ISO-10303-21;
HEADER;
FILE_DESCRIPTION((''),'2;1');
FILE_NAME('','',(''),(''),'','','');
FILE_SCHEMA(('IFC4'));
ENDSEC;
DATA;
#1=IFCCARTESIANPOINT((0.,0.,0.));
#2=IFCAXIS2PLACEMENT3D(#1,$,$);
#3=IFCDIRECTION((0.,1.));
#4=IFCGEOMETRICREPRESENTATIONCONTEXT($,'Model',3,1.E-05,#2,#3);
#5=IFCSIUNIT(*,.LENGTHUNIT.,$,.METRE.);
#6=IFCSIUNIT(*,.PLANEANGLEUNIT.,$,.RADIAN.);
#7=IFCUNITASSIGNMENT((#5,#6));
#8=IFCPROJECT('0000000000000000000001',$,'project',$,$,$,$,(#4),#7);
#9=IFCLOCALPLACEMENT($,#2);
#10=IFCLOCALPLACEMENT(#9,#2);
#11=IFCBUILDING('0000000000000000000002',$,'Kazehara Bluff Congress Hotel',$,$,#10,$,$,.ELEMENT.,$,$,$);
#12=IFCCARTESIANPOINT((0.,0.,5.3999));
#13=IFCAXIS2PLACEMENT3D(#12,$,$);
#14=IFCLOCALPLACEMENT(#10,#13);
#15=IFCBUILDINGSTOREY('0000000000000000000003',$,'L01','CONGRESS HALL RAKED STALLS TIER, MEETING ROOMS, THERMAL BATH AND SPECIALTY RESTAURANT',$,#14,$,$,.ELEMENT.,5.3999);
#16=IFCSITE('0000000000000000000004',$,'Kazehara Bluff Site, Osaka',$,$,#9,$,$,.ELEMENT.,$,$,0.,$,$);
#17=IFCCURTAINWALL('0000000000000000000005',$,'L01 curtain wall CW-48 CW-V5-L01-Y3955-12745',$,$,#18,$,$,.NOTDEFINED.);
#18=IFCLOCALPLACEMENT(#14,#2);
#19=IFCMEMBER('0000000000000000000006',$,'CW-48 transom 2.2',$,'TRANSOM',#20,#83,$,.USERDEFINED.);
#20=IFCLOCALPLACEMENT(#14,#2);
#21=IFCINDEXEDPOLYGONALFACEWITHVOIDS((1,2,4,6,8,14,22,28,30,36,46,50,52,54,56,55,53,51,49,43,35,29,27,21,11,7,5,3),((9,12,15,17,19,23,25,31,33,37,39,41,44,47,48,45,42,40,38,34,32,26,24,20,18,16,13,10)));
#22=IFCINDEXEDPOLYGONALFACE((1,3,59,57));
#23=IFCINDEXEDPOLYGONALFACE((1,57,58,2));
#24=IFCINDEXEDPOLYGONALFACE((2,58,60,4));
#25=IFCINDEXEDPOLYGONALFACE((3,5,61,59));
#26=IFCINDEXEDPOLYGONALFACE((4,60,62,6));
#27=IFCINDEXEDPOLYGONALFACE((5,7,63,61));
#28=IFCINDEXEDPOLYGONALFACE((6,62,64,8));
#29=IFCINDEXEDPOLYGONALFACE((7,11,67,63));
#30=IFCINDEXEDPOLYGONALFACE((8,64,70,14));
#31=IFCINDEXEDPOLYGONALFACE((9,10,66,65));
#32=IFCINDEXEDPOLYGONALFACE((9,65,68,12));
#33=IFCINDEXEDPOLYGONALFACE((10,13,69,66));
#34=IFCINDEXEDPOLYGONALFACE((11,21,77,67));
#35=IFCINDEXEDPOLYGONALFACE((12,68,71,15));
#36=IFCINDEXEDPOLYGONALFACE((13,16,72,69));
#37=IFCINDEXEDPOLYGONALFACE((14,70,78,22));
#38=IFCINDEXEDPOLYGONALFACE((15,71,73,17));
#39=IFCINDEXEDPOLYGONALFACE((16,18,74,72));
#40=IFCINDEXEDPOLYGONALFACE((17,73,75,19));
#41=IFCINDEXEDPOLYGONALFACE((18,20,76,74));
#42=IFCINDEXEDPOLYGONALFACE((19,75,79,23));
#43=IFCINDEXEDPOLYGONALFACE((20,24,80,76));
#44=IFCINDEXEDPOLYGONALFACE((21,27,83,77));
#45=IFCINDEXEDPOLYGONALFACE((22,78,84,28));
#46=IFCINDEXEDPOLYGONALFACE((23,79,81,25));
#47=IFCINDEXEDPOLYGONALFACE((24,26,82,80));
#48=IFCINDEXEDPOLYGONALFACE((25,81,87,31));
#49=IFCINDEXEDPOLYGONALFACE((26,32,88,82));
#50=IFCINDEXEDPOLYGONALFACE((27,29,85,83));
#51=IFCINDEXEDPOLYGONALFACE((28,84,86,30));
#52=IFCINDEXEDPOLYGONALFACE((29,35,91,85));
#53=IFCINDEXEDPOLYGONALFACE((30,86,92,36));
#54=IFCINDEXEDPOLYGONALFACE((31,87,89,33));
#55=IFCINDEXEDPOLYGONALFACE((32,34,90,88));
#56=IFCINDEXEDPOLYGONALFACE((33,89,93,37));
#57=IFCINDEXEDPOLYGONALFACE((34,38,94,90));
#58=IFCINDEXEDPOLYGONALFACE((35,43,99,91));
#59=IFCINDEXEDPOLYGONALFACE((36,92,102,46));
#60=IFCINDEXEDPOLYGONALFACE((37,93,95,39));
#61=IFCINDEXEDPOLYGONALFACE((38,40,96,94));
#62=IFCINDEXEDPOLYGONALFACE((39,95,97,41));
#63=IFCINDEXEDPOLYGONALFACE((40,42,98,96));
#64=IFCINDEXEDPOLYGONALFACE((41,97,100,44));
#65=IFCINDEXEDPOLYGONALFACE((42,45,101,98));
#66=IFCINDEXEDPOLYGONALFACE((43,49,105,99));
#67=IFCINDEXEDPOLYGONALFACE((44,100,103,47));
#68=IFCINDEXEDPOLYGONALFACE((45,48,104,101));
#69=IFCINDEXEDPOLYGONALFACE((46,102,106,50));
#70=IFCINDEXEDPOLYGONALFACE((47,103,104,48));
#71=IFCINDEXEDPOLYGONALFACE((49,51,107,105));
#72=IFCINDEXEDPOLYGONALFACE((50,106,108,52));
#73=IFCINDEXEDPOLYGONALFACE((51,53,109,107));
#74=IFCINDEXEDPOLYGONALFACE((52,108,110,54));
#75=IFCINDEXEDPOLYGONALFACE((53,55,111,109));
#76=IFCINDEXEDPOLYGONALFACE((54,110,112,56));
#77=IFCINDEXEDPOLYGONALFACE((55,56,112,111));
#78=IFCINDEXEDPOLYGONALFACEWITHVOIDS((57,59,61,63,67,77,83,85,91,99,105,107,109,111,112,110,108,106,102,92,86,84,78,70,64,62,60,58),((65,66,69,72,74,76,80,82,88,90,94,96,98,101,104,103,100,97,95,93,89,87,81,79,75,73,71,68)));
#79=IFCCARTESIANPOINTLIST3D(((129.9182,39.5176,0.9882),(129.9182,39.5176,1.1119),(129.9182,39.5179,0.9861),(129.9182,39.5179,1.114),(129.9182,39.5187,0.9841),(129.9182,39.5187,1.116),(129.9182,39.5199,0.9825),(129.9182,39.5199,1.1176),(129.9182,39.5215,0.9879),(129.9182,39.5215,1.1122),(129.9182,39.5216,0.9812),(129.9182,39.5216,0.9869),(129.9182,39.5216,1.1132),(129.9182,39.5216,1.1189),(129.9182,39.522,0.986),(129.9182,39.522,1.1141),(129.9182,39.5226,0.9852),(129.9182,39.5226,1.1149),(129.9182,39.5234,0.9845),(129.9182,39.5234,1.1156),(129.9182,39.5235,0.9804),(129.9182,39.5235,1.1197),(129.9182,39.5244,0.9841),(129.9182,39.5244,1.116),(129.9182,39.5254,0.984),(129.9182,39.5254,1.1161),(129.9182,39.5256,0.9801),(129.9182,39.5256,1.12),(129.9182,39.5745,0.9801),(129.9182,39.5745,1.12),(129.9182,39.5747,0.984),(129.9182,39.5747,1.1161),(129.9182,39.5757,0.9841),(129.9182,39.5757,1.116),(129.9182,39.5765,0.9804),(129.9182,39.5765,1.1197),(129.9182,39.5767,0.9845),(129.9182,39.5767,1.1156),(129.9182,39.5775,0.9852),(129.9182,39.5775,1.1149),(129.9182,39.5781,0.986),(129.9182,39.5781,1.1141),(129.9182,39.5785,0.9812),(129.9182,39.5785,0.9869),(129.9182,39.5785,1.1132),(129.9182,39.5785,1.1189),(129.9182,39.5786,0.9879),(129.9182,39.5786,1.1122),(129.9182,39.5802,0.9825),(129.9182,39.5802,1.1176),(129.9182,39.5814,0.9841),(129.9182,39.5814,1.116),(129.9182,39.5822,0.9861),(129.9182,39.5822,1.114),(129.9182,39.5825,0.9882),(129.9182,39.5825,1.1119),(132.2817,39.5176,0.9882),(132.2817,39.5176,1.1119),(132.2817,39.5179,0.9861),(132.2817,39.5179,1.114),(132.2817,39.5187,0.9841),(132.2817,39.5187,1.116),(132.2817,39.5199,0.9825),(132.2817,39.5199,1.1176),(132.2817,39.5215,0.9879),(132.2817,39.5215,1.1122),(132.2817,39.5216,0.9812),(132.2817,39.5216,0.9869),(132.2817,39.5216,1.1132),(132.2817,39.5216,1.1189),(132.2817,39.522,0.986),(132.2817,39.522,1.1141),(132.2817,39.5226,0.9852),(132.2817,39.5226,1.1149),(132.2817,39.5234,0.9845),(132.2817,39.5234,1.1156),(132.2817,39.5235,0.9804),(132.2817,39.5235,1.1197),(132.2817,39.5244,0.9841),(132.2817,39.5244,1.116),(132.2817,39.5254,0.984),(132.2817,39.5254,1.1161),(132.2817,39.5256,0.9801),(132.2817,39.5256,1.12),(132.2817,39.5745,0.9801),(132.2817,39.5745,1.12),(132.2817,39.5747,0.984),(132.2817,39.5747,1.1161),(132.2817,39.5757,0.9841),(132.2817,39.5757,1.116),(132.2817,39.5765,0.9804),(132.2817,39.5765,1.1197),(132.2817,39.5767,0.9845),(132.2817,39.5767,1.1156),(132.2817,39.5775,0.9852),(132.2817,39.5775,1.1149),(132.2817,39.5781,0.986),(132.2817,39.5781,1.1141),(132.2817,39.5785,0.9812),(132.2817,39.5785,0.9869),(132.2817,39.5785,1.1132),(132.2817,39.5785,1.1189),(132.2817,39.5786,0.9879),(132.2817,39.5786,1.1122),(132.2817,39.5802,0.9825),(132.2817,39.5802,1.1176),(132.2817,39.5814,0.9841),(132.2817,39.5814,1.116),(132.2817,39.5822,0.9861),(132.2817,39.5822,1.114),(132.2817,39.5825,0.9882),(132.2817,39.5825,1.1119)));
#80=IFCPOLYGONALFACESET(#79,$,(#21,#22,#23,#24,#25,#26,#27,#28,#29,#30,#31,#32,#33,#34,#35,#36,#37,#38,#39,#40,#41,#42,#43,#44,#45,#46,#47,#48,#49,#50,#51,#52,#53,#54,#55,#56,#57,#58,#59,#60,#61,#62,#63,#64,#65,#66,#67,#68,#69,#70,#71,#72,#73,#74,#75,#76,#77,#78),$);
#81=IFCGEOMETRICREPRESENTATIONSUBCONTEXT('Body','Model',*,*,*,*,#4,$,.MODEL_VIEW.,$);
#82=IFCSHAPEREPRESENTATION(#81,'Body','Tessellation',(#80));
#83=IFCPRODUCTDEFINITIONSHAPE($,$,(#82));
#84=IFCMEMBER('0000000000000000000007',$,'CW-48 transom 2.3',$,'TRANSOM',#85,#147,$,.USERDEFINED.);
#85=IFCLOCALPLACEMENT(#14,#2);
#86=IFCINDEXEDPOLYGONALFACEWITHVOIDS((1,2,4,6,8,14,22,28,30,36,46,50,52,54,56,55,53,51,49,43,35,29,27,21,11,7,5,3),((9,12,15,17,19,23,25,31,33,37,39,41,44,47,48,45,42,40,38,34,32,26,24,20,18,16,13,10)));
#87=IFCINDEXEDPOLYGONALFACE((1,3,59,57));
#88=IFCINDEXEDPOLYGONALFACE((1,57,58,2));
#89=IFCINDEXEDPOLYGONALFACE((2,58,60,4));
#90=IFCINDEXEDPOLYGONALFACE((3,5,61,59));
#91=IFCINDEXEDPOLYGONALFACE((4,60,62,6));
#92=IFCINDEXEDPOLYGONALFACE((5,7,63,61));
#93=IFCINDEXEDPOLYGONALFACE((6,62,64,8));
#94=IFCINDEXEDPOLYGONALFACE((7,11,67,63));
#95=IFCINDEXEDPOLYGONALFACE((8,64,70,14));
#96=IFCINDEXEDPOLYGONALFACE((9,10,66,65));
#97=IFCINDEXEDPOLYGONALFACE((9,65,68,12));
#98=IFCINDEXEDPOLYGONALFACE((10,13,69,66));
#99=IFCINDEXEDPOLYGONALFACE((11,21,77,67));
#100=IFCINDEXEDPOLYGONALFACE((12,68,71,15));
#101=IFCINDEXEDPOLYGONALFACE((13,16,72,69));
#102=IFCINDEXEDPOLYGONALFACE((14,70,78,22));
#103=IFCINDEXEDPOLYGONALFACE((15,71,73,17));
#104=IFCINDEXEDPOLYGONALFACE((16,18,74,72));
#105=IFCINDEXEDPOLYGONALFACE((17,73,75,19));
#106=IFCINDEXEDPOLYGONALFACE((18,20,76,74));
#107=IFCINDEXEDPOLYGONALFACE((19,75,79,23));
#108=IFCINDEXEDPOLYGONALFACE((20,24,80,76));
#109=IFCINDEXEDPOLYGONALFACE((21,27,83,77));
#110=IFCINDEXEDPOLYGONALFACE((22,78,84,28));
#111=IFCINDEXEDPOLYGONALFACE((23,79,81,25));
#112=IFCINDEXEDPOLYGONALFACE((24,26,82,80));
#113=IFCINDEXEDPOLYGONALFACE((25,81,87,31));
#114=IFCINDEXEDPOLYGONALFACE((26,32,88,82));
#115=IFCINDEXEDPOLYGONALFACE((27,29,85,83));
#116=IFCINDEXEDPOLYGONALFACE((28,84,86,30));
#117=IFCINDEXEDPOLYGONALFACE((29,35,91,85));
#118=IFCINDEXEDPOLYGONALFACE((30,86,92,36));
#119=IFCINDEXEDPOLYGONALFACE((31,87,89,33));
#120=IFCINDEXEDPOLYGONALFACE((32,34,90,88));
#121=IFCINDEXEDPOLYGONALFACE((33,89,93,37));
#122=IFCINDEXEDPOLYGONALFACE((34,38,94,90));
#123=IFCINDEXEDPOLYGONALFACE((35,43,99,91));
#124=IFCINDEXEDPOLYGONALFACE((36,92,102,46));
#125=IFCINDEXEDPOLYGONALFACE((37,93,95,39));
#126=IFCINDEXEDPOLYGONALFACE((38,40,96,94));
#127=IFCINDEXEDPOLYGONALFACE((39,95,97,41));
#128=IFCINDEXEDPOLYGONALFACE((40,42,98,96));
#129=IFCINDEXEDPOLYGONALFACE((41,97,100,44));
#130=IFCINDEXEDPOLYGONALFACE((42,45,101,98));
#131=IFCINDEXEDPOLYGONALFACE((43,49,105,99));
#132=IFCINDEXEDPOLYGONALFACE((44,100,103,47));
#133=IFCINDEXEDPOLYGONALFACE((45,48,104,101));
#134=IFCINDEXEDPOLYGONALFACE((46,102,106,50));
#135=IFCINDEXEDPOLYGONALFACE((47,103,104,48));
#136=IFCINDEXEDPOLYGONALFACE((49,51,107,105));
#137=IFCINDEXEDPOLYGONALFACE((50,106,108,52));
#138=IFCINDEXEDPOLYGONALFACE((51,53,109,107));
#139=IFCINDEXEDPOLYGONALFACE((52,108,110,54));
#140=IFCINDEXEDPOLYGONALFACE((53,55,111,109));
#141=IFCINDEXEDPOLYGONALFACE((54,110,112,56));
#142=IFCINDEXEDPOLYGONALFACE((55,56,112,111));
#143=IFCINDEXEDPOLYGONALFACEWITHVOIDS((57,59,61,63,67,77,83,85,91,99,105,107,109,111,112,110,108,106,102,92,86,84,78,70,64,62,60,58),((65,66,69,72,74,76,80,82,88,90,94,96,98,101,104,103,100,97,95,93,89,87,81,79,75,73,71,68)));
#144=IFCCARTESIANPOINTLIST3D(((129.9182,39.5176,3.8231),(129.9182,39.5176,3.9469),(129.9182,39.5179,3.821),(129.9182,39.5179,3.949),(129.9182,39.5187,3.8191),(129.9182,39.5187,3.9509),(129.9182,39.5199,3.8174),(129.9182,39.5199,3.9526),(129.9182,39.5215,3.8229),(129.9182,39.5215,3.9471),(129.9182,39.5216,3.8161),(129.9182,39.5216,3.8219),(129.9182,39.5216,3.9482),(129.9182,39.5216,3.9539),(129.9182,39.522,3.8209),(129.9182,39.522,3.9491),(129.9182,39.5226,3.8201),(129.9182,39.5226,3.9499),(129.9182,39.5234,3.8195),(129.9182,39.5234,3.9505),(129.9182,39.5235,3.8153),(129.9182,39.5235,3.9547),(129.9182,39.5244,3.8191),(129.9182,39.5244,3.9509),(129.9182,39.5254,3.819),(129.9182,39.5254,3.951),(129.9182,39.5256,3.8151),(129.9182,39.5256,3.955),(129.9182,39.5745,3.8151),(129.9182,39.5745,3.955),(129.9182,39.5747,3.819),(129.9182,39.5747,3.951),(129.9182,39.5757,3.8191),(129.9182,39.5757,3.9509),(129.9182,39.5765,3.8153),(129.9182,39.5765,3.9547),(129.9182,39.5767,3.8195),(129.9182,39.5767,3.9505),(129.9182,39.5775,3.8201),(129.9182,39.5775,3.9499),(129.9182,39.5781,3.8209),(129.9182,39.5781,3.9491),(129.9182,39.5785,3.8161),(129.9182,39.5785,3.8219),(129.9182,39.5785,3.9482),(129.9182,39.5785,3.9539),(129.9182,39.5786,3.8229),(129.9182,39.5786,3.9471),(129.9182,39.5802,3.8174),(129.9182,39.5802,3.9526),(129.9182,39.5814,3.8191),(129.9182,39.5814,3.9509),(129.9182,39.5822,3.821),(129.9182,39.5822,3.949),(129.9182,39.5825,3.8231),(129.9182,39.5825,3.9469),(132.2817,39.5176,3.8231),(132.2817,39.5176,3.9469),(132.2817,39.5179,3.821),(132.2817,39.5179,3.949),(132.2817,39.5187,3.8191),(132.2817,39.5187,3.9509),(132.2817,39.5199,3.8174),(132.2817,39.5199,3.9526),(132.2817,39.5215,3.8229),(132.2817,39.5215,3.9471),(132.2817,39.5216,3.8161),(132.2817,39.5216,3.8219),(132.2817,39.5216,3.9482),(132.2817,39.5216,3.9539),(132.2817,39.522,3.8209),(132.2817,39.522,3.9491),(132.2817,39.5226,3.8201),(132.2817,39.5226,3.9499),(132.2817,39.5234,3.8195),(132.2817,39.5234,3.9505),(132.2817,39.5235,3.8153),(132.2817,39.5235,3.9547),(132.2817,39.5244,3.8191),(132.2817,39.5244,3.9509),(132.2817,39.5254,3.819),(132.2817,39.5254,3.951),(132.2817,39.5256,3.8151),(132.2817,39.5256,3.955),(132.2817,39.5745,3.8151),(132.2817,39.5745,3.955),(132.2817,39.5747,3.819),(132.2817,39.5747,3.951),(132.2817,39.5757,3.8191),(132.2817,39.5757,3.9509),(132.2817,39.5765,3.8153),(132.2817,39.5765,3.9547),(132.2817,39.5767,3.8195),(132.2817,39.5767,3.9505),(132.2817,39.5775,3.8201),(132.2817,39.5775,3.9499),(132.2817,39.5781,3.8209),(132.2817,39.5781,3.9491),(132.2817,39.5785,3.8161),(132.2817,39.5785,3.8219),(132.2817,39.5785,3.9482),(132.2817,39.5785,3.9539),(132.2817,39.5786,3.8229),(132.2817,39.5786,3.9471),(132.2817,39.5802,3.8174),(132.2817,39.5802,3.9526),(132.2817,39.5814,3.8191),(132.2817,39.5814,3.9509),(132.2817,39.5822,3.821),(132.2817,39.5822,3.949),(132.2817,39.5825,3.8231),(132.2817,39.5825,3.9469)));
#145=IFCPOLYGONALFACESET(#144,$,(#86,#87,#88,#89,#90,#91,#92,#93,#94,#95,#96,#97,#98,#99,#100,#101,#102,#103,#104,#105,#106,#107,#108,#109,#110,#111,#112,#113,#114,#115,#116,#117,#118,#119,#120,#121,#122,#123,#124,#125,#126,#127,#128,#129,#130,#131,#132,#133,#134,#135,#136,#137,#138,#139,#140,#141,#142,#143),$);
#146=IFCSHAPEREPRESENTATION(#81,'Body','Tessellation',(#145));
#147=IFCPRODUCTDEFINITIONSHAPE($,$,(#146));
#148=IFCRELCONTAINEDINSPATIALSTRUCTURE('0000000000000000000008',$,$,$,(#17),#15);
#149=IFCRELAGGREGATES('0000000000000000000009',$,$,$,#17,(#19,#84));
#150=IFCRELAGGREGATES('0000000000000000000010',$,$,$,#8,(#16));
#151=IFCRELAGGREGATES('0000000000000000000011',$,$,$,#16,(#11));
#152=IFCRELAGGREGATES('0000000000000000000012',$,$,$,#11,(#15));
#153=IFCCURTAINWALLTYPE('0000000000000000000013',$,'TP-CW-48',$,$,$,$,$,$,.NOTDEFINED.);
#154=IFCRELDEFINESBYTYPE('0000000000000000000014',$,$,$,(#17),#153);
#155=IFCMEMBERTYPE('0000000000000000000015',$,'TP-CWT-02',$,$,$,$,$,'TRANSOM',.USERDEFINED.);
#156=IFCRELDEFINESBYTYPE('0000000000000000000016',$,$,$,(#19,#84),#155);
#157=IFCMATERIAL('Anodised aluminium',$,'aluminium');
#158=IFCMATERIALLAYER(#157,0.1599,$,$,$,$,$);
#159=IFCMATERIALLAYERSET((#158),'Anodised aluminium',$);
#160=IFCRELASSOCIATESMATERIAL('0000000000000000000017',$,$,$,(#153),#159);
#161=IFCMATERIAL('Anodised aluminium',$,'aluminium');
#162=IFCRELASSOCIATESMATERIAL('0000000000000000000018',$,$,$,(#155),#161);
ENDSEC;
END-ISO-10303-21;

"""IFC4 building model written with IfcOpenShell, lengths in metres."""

from ifc_helpers import new_model, si_unit, direction, frame, origin, origin_2d, place, context, subcontext, project, spatial, hollow_rectangle, extrude, material, layer, layer_set, material_profile, profile_set, type_object, element, aggregate, save


model = new_model("IFC4")

# Units and contexts
model_context = context("Model", 3, precision=1e-05, world=origin(), true_north=direction((0.0, 1.0)))
body_context = subcontext(model_context, "Body", "Model", "MODEL_VIEW")
ifc_project = project(units=[si_unit("LENGTHUNIT", "METRE"), si_unit("PLANEANGLEUNIT", "RADIAN")], contexts=[model_context])

# Site, building, storey
site_placement = place(None, origin())
site = spatial("IfcSite", under=ifc_project, at=site_placement, Name="Kazehara Bluff Site, Osaka", CompositionType="ELEMENT", RefElevation=0.0)
building_placement = place(site_placement, origin())
building = spatial("IfcBuilding", under=site, at=building_placement, Name="Kazehara Bluff Congress Hotel", CompositionType="ELEMENT")
storey_placement = place(building_placement, frame((0.0, 0.0, 5.3999)))
storey = spatial("IfcBuildingStorey", under=building, at=storey_placement, Name="L01", Description="CONGRESS HALL RAKED STALLS TIER, MEETING ROOMS, THERMAL BATH AND SPECIALTY RESTAURANT", CompositionType="ELEMENT", Elevation=5.3999)

# Shared definitions
ifc_material_1 = material(Name="Anodised aluminium", Category="aluminium")
ifc_layer_1 = layer(ifc_material_1, 0.1599)
ifc_layer_set_1 = layer_set([ifc_layer_1], Name="Anodised aluminium")
curtain_wall_type_1 = type_object("IfcCurtainWallType", Name="TP-CW-48", PredefinedType="NOTDEFINED", material=ifc_layer_set_1)

# Curtain wall
curtain_wall_1_placement = place(storey_placement, origin())
curtain_wall_1 = element("IfcCurtainWall", 1, at=curtain_wall_1_placement, inside=storey, type_object=curtain_wall_type_1, Name="L01 curtain wall CW-48 CW-V5-L01-Y3955-12745", PredefinedType="NOTDEFINED")
ifc_material_2 = material(Name="Anodised aluminium", Category="aluminium")
ifc_material_profile_1 = material_profile(ifc_material_2, hollow_rectangle(XDim=0.0649, YDim=0.1399, WallThickness=0.0039, InnerFilletRadius=0.0039, OuterFilletRadius=0.0081, at=origin_2d()))
ifc_profile_set_1 = profile_set([ifc_material_profile_1], Name="Anodised aluminium")
member_type_1 = type_object("IfcMemberType", Name="TP-CWT-02", ElementType="TRANSOM", PredefinedType="USERDEFINED", material=ifc_profile_set_1)

# Members
member_1_placement = place(storey_placement, frame((129.9182, 39.55, 1.05), z_axis=(1.0, 0.0, 0.0), x_axis=(0.0, 1.0, 0.0)))
member_1 = element("IfcMember", 2, at=member_1_placement, type_object=member_type_1, Name="CW-48 transom 2.2", ObjectType="TRANSOM", PredefinedType="USERDEFINED", context=body_context, shape_type="SweptSolid", body=[
    extrude(hollow_rectangle(XDim=0.0649, YDim=0.1399, WallThickness=0.0039, InnerFilletRadius=0.0039, OuterFilletRadius=0.0081, at=origin_2d()), origin(), (0.0, 0.0, 1.0), 2.3635),
])
member_2_placement = place(storey_placement, frame((129.9182, 39.55, 3.885), z_axis=(1.0, 0.0, 0.0), x_axis=(0.0, 1.0, 0.0)))
member_2 = element("IfcMember", 3, at=member_2_placement, type_object=member_type_1, Name="CW-48 transom 2.3", ObjectType="TRANSOM", PredefinedType="USERDEFINED", context=body_context, shape_type="SweptSolid", body=[
    extrude(hollow_rectangle(XDim=0.0649, YDim=0.1399, WallThickness=0.0039, InnerFilletRadius=0.0039, OuterFilletRadius=0.0081, at=origin_2d()), origin(), (0.0, 0.0, 1.0), 2.3635),
])

aggregate(curtain_wall_1, [member_1, member_2])

save(model, "model.ifc")
